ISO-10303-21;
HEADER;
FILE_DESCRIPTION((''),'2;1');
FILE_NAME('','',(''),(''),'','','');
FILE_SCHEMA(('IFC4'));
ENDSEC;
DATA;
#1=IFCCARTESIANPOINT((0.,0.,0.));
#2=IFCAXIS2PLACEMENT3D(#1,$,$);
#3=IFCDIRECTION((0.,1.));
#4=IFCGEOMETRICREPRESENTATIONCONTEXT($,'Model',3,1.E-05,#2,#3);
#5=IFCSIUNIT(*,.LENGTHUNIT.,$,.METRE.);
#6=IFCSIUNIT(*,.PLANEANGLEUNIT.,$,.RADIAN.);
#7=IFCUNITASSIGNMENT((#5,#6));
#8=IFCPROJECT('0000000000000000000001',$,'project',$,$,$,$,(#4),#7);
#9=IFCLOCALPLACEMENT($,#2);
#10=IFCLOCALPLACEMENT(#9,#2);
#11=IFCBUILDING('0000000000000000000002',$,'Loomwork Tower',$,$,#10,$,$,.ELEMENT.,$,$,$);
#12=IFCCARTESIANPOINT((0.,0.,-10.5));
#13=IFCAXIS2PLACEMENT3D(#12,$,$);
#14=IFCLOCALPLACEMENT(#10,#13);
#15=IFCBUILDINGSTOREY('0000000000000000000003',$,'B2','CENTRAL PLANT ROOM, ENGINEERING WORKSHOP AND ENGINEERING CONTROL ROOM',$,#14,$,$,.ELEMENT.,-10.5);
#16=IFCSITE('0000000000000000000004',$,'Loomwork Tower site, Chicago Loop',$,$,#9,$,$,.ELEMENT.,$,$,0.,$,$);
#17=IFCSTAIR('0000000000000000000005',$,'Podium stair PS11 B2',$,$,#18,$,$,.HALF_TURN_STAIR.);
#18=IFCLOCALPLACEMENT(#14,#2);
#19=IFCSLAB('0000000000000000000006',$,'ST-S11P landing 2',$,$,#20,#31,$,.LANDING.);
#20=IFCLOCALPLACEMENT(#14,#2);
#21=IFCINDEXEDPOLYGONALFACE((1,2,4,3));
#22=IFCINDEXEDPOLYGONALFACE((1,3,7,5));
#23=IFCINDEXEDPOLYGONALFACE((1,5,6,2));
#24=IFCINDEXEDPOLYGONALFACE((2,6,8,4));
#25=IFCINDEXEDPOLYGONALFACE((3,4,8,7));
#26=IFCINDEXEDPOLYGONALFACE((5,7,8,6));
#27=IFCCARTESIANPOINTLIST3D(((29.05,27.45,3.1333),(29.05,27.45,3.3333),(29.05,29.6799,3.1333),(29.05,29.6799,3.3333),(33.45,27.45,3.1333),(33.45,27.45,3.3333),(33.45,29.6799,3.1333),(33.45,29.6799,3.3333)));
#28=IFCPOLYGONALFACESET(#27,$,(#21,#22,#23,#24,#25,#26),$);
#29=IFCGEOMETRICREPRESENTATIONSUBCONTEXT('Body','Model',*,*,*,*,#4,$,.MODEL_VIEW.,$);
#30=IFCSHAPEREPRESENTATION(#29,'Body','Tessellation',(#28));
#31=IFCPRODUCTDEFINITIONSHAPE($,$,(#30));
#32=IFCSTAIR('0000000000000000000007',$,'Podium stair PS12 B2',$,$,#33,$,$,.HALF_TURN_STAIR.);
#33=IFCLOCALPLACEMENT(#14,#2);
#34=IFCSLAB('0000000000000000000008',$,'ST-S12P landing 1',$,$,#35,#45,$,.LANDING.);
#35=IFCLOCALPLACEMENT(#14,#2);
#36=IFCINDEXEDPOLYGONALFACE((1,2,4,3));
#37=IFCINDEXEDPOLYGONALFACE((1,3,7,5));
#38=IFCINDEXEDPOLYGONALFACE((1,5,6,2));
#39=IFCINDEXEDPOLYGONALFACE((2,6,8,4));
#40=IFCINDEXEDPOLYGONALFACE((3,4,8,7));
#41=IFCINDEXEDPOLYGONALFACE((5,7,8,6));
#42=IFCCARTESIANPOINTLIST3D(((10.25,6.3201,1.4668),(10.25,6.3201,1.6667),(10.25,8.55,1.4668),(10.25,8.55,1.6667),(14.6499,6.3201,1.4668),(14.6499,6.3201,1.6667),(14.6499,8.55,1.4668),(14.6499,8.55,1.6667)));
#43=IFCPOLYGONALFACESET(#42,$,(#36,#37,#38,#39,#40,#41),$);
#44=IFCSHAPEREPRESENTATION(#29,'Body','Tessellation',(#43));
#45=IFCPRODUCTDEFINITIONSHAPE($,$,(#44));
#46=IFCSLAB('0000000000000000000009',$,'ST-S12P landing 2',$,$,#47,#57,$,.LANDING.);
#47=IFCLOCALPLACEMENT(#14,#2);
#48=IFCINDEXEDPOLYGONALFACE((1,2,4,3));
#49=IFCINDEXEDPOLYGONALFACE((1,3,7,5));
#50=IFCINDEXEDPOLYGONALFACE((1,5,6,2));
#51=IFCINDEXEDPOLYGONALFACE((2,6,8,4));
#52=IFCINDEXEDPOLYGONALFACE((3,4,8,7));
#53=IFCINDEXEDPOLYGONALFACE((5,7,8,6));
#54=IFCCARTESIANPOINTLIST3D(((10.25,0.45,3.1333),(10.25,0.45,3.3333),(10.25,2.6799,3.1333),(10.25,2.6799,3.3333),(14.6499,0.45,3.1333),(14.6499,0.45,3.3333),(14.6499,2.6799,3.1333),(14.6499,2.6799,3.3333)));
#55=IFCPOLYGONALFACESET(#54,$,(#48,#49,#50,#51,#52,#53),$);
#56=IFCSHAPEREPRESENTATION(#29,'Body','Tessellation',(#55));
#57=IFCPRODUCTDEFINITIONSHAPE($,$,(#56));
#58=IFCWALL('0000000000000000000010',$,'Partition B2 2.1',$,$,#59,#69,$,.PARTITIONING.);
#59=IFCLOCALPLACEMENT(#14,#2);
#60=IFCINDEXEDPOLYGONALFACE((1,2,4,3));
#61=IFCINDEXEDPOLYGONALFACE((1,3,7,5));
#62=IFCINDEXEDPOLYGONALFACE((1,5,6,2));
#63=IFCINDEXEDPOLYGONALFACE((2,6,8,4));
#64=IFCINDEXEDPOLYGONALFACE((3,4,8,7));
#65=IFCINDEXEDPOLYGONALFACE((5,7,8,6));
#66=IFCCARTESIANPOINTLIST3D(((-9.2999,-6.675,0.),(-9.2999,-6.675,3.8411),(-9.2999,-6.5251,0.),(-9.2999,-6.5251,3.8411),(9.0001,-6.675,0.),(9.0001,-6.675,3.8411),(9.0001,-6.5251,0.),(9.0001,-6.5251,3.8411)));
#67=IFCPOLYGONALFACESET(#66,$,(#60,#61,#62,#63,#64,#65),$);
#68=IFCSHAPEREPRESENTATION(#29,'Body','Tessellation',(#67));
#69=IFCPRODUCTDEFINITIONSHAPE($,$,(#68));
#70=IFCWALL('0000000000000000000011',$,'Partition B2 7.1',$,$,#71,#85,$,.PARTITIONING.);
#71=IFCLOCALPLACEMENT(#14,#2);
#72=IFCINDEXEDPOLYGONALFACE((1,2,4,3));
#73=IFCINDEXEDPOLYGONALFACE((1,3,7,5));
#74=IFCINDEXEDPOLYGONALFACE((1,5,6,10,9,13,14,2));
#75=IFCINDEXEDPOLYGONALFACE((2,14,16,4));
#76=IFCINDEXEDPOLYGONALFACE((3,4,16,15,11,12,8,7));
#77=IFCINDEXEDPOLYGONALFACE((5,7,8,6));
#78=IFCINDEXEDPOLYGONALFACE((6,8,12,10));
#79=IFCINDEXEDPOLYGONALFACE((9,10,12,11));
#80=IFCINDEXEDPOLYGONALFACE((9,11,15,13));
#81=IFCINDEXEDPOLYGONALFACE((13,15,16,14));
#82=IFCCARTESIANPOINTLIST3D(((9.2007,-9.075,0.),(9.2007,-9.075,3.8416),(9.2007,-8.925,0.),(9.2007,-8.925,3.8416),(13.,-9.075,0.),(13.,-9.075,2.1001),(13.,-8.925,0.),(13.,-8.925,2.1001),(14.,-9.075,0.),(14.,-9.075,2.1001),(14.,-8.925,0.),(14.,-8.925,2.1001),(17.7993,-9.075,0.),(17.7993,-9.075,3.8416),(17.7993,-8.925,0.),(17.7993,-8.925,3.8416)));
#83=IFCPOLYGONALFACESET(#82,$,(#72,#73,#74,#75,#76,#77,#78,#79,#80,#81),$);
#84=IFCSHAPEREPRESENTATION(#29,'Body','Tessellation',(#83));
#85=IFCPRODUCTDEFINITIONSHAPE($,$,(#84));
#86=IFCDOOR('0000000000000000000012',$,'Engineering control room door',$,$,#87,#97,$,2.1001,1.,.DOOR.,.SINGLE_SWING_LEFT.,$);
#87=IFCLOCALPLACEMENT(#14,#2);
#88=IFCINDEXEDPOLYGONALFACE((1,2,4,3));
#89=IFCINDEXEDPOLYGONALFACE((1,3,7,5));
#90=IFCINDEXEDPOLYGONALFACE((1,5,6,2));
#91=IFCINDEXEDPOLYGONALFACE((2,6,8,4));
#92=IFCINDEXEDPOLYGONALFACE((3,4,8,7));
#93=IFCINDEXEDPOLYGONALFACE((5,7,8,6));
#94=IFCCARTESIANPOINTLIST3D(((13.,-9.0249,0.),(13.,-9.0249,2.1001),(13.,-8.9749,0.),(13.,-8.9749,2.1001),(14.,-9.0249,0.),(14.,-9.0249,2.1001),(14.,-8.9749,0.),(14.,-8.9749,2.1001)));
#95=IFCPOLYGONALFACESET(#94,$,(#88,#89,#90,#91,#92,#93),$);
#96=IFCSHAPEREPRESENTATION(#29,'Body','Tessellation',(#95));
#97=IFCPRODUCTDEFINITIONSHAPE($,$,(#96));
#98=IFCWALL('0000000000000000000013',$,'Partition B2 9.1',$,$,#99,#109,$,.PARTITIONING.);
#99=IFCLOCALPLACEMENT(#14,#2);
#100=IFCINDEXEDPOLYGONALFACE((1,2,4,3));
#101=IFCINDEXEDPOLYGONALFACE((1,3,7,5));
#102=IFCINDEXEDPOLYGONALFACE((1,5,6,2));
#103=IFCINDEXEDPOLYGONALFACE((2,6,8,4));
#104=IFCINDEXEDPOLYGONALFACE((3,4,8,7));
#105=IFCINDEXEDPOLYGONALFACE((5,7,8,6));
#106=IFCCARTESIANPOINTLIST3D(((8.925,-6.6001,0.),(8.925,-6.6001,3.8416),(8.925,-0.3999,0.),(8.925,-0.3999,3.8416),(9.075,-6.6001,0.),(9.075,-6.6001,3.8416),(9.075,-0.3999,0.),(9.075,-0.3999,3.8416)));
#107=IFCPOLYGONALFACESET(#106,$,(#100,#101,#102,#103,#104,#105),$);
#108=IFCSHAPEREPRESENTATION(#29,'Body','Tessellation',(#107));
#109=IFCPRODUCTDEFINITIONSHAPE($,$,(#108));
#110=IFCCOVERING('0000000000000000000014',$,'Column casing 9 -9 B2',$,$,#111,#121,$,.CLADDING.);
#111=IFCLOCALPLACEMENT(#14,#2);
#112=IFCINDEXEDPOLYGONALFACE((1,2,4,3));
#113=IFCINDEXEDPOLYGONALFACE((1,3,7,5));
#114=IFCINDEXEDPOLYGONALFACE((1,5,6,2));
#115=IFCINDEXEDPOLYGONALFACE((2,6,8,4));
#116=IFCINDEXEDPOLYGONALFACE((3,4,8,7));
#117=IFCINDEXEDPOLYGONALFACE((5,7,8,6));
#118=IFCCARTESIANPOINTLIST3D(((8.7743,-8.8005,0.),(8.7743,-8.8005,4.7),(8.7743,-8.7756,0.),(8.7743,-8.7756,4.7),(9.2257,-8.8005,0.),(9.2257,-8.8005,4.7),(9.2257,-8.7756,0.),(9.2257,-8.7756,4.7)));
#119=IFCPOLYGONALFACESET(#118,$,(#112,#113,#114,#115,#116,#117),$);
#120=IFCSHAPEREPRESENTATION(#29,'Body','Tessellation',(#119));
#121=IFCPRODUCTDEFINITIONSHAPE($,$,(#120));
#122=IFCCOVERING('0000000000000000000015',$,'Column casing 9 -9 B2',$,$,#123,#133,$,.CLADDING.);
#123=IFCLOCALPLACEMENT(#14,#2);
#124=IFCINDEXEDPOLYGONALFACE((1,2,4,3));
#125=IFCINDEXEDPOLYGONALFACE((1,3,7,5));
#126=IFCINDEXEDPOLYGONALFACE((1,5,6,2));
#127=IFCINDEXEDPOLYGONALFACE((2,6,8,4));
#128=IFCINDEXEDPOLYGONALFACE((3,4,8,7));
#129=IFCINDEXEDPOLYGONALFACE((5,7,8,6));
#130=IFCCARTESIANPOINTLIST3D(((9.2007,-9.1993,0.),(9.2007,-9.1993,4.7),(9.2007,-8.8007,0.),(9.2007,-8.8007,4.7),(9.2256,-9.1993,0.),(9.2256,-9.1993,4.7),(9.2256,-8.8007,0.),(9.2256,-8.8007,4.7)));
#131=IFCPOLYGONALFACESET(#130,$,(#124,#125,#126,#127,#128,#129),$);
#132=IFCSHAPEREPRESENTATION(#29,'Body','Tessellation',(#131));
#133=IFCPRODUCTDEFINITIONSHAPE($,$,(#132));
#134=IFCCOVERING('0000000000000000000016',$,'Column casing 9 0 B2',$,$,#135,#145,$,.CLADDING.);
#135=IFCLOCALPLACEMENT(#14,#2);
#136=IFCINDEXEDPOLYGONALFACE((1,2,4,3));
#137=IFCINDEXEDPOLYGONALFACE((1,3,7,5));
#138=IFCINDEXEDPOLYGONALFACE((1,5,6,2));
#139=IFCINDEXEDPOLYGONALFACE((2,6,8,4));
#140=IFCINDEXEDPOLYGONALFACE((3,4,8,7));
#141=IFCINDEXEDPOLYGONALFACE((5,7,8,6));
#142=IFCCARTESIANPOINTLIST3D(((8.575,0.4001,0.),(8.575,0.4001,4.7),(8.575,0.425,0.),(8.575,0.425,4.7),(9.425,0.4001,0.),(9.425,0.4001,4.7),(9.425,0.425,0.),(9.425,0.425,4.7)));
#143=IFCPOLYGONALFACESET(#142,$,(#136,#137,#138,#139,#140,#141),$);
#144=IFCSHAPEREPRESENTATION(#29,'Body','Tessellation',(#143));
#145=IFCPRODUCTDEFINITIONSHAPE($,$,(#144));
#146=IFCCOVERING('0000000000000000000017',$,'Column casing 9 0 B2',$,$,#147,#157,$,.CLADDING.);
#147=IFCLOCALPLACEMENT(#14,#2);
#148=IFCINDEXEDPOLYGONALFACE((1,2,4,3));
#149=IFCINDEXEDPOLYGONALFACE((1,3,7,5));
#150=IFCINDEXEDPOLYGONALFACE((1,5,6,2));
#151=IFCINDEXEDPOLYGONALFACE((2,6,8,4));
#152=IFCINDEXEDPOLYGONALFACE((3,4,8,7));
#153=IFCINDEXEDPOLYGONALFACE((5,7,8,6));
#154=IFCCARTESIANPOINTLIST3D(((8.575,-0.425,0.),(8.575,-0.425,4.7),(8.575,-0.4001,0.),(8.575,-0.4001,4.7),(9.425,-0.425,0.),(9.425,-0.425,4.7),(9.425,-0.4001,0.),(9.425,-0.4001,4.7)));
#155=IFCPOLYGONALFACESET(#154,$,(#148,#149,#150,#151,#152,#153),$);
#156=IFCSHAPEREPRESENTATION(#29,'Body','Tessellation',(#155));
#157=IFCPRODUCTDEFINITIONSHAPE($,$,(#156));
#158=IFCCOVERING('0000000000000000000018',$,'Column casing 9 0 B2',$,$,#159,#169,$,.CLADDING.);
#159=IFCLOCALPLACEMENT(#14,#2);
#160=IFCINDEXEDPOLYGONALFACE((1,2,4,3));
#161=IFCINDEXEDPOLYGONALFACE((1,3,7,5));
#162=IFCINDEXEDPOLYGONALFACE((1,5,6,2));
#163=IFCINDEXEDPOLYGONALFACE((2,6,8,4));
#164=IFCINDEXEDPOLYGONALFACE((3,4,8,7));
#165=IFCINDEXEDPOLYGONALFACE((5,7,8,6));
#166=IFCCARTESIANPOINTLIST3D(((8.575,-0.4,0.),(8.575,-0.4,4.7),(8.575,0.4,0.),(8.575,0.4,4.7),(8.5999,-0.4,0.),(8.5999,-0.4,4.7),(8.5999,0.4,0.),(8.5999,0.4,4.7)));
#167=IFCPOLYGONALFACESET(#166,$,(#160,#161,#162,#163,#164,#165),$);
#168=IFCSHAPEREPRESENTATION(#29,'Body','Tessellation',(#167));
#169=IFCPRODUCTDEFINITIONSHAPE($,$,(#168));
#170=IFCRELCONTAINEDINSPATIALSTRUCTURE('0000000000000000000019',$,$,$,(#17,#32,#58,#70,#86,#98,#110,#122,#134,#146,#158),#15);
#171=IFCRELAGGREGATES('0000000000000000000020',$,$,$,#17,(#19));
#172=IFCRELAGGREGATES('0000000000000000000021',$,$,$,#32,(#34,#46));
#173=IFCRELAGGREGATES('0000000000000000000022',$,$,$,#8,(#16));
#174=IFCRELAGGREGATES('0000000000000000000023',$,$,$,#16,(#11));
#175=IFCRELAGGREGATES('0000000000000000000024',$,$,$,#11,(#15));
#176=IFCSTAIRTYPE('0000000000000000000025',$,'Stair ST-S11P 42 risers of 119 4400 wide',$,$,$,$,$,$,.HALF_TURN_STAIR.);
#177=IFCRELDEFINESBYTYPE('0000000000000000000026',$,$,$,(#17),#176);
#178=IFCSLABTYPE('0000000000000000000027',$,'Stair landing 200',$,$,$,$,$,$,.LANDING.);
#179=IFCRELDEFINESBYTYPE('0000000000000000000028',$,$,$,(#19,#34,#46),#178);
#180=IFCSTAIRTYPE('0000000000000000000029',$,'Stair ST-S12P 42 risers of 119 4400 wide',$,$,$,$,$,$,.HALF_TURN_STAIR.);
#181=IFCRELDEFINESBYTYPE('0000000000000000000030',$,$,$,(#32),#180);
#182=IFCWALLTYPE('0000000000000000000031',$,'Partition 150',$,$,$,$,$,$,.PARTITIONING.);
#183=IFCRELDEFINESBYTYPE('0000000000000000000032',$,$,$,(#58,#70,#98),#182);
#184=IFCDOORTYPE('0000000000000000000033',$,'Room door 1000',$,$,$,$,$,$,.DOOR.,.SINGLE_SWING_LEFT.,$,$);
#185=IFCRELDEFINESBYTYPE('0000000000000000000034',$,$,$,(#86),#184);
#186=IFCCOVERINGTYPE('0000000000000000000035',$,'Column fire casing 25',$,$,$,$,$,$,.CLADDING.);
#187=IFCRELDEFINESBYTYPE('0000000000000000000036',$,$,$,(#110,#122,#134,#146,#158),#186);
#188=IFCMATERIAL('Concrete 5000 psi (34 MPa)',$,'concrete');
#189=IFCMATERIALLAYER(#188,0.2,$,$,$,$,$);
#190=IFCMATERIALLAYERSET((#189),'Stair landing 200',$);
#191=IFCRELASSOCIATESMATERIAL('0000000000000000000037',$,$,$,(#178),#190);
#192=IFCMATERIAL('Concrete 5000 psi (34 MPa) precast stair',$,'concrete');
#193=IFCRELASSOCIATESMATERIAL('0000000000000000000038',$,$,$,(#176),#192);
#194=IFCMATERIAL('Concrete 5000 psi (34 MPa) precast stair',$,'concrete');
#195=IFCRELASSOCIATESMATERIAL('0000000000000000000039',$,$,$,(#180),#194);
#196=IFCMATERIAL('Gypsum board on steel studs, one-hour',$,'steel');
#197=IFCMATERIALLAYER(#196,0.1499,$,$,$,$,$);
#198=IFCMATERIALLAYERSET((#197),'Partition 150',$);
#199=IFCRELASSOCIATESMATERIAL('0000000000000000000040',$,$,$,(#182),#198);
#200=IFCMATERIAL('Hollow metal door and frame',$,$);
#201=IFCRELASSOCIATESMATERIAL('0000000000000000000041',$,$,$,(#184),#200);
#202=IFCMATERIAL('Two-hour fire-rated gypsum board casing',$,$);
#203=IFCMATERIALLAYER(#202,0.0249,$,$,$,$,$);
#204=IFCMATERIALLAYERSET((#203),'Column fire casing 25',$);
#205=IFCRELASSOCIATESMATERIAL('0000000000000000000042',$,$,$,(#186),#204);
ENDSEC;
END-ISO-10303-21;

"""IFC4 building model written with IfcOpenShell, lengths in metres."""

from ifc_helpers import new_model, si_unit, direction, frame, frame_2d, origin, origin_2d, place, context, subcontext, project, spatial, polyline, rectangle, outline, extrude, material, layer, layer_set, type_object, element, fill, aggregate, save


model = new_model("IFC4")

# Units and contexts
model_context = context("Model", 3, precision=1e-05, world=origin(), true_north=direction((0.0, 1.0)))
body_context = subcontext(model_context, "Body", "Model", "MODEL_VIEW")
ifc_project = project(units=[si_unit("LENGTHUNIT", "METRE"), si_unit("PLANEANGLEUNIT", "RADIAN")], contexts=[model_context])

# Site, building, storey
site_placement = place(None, origin())
site = spatial("IfcSite", under=ifc_project, at=site_placement, Name="Loomwork Tower site, Chicago Loop", CompositionType="ELEMENT", RefElevation=0.0)
building_placement = place(site_placement, origin())
building = spatial("IfcBuilding", under=site, at=building_placement, Name="Loomwork Tower", CompositionType="ELEMENT")
storey_placement = place(building_placement, frame((0.0, 0.0, -10.5)))
storey = spatial("IfcBuildingStorey", under=building, at=storey_placement, Name="B2", Description="CENTRAL PLANT ROOM, ENGINEERING WORKSHOP AND ENGINEERING CONTROL ROOM", CompositionType="ELEMENT", Elevation=-10.5)

# Stairs, slabs
ifc_material_1 = material(Name="Concrete 5000 psi (34 MPa)", Category="concrete")
ifc_layer_1 = layer(ifc_material_1, 0.2)
ifc_layer_set_1 = layer_set([ifc_layer_1], Name="Stair landing 200")
slab_type = type_object("IfcSlabType", Name="Stair landing 200", PredefinedType="LANDING", material=ifc_layer_set_1)
ifc_material_2 = material(Name="Concrete 5000 psi (34 MPa) precast stair", Category="concrete")
stair_type_1 = type_object("IfcStairType", Name="Stair ST-S11P 42 risers of 119 4400 wide", PredefinedType="HALF_TURN_STAIR", material=ifc_material_2)
stair_1_placement = place(storey_placement, origin())
stair_1 = element("IfcStair", 1, at=stair_1_placement, inside=storey, type_object=stair_type_1, Name="Podium stair PS11 B2", PredefinedType="HALF_TURN_STAIR")
slab_1_placement = place(storey_placement, frame((0.0, 0.0, 3.1333)))
slab_1 = element("IfcSlab", 2, at=slab_1_placement, type_object=slab_type, Name="ST-S11P landing 2", PredefinedType="LANDING", context=body_context, shape_type="SweptSolid", body=[
    extrude(outline(polyline([(29.05, 27.45), (33.45, 27.45), (33.45, 29.6799), (29.05, 29.6799), (29.05, 27.45)])), origin(), (0.0, 0.0, 1.0), 0.2),
])
aggregate(stair_1, [slab_1])
ifc_material_3 = material(Name="Concrete 5000 psi (34 MPa) precast stair", Category="concrete")
stair_type_2 = type_object("IfcStairType", Name="Stair ST-S12P 42 risers of 119 4400 wide", PredefinedType="HALF_TURN_STAIR", material=ifc_material_3)
stair_2_placement = place(storey_placement, origin())
stair_2 = element("IfcStair", 3, at=stair_2_placement, inside=storey, type_object=stair_type_2, Name="Podium stair PS12 B2", PredefinedType="HALF_TURN_STAIR")
slab_2_placement = place(storey_placement, frame((0.0, 0.0, 1.4668)))
slab_2 = element("IfcSlab", 4, at=slab_2_placement, type_object=slab_type, Name="ST-S12P landing 1", PredefinedType="LANDING", context=body_context, shape_type="SweptSolid", body=[
    extrude(outline(polyline([(10.25, 6.3201), (14.6499, 6.3201), (14.6499, 8.55), (10.25, 8.55), (10.25, 6.3201)])), origin(), (0.0, 0.0, 1.0), 0.2),
])
slab_3_placement = place(storey_placement, frame((0.0, 0.0, 3.1333)))
slab_3 = element("IfcSlab", 5, at=slab_3_placement, type_object=slab_type, Name="ST-S12P landing 2", PredefinedType="LANDING", context=body_context, shape_type="SweptSolid", body=[
    extrude(outline(polyline([(10.25, 0.45), (14.6499, 0.45), (14.6499, 2.6799), (10.25, 2.6799), (10.25, 0.45)])), origin(), (0.0, 0.0, 1.0), 0.2),
])
aggregate(stair_2, [slab_2, slab_3])

# Wall
ifc_material_4 = material(Name="Gypsum board on steel studs, one-hour", Category="steel")
ifc_layer_2 = layer(ifc_material_4, 0.1499)
ifc_layer_set_2 = layer_set([ifc_layer_2], Name="Partition 150")
wall_type = type_object("IfcWallType", Name="Partition 150", PredefinedType="PARTITIONING", material=ifc_layer_set_2)
wall_1_placement = place(storey_placement, frame((9.0, -6.6001, 0.0), z_axis=(0.0, 0.0, 1.0), x_axis=(-1.0, 0.0, 0.0)))
element("IfcWall", 6, at=wall_1_placement, inside=storey, type_object=wall_type, Name="Partition B2 2.1", PredefinedType="PARTITIONING", context=body_context, shape_type="SweptSolid", body=[
    extrude(rectangle(XDim=18.3, YDim=0.1499, at=frame_2d((9.1499, 0.0))), origin(), (0.0, 0.0, 1.0), 3.8411),
])

# Wall, opening, door
wall_2_placement = place(storey_placement, frame((9.2007, -9.0, 0.0), z_axis=(0.0, 0.0, 1.0), x_axis=(1.0, 0.0, 0.0)))
wall_2 = element("IfcWall", 7, at=wall_2_placement, inside=storey, type_object=wall_type, Name="Partition B2 7.1", PredefinedType="PARTITIONING", context=body_context, shape_type="SweptSolid", body=[
    extrude(rectangle(XDim=8.5986, YDim=0.1499, at=frame_2d((4.2993, 0.0))), origin(), (0.0, 0.0, 1.0), 3.8416),
])
opening_placement = place(wall_2_placement, frame((3.7993, 0.0, 0.0)))
opening = element("IfcOpeningElement", 8, at=opening_placement, cuts=wall_2, PredefinedType="OPENING", context=body_context, shape_type="SweptSolid", body=[
    extrude(rectangle(XDim=1.0, YDim=2.1001, at=frame_2d((0.5, 1.05))), frame((0.0, 0.085, 0.0), z_axis=(0.0, -1.0, 0.0), x_axis=(1.0, 0.0, 0.0)), (0.0, 0.0, 1.0), 0.1699),
])
ifc_material_5 = material(Name="Hollow metal door and frame")
door_type = type_object("IfcDoorType", Name="Room door 1000", OperationType="SINGLE_SWING_LEFT", PredefinedType="DOOR", material=ifc_material_5)
door_placement = place(opening_placement, frame((1.0, 0.0, 0.0), z_axis=(0.0, 0.0, 1.0), x_axis=(-1.0, 0.0, 0.0)))
door = element("IfcDoor", 9, at=door_placement, inside=storey, type_object=door_type, Name="Engineering control room door", OperationType="SINGLE_SWING_LEFT", OverallHeight=2.1001, OverallWidth=1.0, PredefinedType="DOOR", context=body_context, shape_type="SweptSolid", body=[
    extrude(rectangle(XDim=1.0, YDim=2.1001, at=frame_2d((0.5, 1.05))), frame((0.0, 0.0249, 0.0), z_axis=(0.0, -1.0, 0.0), x_axis=(1.0, 0.0, 0.0)), (0.0, 0.0, 1.0), 0.05),
])
fill(opening, door)

# Wall
wall_3_placement = place(storey_placement, frame((9.0, -0.3999, 0.0), z_axis=(0.0, 0.0, 1.0), x_axis=(0.0, -1.0, 0.0)))
element("IfcWall", 10, at=wall_3_placement, inside=storey, type_object=wall_type, Name="Partition B2 9.1", PredefinedType="PARTITIONING", context=body_context, shape_type="SweptSolid", body=[
    extrude(rectangle(XDim=6.2002, YDim=0.1499, at=frame_2d((3.1001, 0.0))), origin(), (0.0, 0.0, 1.0), 3.8416),
])

# Coverings
ifc_material_6 = material(Name="Two-hour fire-rated gypsum board casing")
ifc_layer_3 = layer(ifc_material_6, 0.0249)
ifc_layer_set_3 = layer_set([ifc_layer_3], Name="Column fire casing 25")
covering_type = type_object("IfcCoveringType", Name="Column fire casing 25", PredefinedType="CLADDING", material=ifc_layer_set_3)
covering_1_placement = place(storey_placement, frame((9.0, -8.7881, 0.0), z_axis=(0.0, 0.0, 1.0), x_axis=(1.0, 0.0, 0.0)))
element("IfcCovering", 11, at=covering_1_placement, inside=storey, type_object=covering_type, Name="Column casing 9 -9 B2", PredefinedType="CLADDING", context=body_context, shape_type="SweptSolid", body=[
    extrude(rectangle(XDim=0.4514, YDim=0.0249, at=origin_2d()), origin(), (0.0, 0.0, 1.0), 4.7),
])
covering_2_placement = place(storey_placement, frame((9.2131, -9.0, 0.0), z_axis=(0.0, 0.0, 1.0), x_axis=(1.0, 0.0, 0.0)))
element("IfcCovering", 12, at=covering_2_placement, inside=storey, type_object=covering_type, Name="Column casing 9 -9 B2", PredefinedType="CLADDING", context=body_context, shape_type="SweptSolid", body=[
    extrude(rectangle(XDim=0.0249, YDim=0.3987, at=origin_2d()), origin(), (0.0, 0.0, 1.0), 4.7),
])
for number, where, z_axis, x_axis, name in (
    (13, (9.0, 0.4126, 0.0), (0.0, 0.0, 1.0), (1.0, 0.0, 0.0), "Column casing 9 0 B2"),
    (14, (9.0, -0.4126, 0.0), (0.0, 0.0, 1.0), (1.0, 0.0, 0.0), "Column casing 9 0 B2"),
):
    element("IfcCovering", number, at=place(storey_placement, frame(where, z_axis=z_axis, x_axis=x_axis)), inside=storey, type_object=covering_type, Name=name, PredefinedType="CLADDING", context=body_context, shape_type="SweptSolid", body=[
        extrude(rectangle(XDim=0.8501, YDim=0.0249, at=origin_2d()), origin(), (0.0, 0.0, 1.0), 4.7),
    ])
covering_3_placement = place(storey_placement, frame((8.5874, 0.0, 0.0), z_axis=(0.0, 0.0, 1.0), x_axis=(1.0, 0.0, 0.0)))
element("IfcCovering", 15, at=covering_3_placement, inside=storey, type_object=covering_type, Name="Column casing 9 0 B2", PredefinedType="CLADDING", context=body_context, shape_type="SweptSolid", body=[
    extrude(rectangle(XDim=0.0249, YDim=0.8, at=origin_2d()), origin(), (0.0, 0.0, 1.0), 4.7),
])

save(model, "model.ifc")
